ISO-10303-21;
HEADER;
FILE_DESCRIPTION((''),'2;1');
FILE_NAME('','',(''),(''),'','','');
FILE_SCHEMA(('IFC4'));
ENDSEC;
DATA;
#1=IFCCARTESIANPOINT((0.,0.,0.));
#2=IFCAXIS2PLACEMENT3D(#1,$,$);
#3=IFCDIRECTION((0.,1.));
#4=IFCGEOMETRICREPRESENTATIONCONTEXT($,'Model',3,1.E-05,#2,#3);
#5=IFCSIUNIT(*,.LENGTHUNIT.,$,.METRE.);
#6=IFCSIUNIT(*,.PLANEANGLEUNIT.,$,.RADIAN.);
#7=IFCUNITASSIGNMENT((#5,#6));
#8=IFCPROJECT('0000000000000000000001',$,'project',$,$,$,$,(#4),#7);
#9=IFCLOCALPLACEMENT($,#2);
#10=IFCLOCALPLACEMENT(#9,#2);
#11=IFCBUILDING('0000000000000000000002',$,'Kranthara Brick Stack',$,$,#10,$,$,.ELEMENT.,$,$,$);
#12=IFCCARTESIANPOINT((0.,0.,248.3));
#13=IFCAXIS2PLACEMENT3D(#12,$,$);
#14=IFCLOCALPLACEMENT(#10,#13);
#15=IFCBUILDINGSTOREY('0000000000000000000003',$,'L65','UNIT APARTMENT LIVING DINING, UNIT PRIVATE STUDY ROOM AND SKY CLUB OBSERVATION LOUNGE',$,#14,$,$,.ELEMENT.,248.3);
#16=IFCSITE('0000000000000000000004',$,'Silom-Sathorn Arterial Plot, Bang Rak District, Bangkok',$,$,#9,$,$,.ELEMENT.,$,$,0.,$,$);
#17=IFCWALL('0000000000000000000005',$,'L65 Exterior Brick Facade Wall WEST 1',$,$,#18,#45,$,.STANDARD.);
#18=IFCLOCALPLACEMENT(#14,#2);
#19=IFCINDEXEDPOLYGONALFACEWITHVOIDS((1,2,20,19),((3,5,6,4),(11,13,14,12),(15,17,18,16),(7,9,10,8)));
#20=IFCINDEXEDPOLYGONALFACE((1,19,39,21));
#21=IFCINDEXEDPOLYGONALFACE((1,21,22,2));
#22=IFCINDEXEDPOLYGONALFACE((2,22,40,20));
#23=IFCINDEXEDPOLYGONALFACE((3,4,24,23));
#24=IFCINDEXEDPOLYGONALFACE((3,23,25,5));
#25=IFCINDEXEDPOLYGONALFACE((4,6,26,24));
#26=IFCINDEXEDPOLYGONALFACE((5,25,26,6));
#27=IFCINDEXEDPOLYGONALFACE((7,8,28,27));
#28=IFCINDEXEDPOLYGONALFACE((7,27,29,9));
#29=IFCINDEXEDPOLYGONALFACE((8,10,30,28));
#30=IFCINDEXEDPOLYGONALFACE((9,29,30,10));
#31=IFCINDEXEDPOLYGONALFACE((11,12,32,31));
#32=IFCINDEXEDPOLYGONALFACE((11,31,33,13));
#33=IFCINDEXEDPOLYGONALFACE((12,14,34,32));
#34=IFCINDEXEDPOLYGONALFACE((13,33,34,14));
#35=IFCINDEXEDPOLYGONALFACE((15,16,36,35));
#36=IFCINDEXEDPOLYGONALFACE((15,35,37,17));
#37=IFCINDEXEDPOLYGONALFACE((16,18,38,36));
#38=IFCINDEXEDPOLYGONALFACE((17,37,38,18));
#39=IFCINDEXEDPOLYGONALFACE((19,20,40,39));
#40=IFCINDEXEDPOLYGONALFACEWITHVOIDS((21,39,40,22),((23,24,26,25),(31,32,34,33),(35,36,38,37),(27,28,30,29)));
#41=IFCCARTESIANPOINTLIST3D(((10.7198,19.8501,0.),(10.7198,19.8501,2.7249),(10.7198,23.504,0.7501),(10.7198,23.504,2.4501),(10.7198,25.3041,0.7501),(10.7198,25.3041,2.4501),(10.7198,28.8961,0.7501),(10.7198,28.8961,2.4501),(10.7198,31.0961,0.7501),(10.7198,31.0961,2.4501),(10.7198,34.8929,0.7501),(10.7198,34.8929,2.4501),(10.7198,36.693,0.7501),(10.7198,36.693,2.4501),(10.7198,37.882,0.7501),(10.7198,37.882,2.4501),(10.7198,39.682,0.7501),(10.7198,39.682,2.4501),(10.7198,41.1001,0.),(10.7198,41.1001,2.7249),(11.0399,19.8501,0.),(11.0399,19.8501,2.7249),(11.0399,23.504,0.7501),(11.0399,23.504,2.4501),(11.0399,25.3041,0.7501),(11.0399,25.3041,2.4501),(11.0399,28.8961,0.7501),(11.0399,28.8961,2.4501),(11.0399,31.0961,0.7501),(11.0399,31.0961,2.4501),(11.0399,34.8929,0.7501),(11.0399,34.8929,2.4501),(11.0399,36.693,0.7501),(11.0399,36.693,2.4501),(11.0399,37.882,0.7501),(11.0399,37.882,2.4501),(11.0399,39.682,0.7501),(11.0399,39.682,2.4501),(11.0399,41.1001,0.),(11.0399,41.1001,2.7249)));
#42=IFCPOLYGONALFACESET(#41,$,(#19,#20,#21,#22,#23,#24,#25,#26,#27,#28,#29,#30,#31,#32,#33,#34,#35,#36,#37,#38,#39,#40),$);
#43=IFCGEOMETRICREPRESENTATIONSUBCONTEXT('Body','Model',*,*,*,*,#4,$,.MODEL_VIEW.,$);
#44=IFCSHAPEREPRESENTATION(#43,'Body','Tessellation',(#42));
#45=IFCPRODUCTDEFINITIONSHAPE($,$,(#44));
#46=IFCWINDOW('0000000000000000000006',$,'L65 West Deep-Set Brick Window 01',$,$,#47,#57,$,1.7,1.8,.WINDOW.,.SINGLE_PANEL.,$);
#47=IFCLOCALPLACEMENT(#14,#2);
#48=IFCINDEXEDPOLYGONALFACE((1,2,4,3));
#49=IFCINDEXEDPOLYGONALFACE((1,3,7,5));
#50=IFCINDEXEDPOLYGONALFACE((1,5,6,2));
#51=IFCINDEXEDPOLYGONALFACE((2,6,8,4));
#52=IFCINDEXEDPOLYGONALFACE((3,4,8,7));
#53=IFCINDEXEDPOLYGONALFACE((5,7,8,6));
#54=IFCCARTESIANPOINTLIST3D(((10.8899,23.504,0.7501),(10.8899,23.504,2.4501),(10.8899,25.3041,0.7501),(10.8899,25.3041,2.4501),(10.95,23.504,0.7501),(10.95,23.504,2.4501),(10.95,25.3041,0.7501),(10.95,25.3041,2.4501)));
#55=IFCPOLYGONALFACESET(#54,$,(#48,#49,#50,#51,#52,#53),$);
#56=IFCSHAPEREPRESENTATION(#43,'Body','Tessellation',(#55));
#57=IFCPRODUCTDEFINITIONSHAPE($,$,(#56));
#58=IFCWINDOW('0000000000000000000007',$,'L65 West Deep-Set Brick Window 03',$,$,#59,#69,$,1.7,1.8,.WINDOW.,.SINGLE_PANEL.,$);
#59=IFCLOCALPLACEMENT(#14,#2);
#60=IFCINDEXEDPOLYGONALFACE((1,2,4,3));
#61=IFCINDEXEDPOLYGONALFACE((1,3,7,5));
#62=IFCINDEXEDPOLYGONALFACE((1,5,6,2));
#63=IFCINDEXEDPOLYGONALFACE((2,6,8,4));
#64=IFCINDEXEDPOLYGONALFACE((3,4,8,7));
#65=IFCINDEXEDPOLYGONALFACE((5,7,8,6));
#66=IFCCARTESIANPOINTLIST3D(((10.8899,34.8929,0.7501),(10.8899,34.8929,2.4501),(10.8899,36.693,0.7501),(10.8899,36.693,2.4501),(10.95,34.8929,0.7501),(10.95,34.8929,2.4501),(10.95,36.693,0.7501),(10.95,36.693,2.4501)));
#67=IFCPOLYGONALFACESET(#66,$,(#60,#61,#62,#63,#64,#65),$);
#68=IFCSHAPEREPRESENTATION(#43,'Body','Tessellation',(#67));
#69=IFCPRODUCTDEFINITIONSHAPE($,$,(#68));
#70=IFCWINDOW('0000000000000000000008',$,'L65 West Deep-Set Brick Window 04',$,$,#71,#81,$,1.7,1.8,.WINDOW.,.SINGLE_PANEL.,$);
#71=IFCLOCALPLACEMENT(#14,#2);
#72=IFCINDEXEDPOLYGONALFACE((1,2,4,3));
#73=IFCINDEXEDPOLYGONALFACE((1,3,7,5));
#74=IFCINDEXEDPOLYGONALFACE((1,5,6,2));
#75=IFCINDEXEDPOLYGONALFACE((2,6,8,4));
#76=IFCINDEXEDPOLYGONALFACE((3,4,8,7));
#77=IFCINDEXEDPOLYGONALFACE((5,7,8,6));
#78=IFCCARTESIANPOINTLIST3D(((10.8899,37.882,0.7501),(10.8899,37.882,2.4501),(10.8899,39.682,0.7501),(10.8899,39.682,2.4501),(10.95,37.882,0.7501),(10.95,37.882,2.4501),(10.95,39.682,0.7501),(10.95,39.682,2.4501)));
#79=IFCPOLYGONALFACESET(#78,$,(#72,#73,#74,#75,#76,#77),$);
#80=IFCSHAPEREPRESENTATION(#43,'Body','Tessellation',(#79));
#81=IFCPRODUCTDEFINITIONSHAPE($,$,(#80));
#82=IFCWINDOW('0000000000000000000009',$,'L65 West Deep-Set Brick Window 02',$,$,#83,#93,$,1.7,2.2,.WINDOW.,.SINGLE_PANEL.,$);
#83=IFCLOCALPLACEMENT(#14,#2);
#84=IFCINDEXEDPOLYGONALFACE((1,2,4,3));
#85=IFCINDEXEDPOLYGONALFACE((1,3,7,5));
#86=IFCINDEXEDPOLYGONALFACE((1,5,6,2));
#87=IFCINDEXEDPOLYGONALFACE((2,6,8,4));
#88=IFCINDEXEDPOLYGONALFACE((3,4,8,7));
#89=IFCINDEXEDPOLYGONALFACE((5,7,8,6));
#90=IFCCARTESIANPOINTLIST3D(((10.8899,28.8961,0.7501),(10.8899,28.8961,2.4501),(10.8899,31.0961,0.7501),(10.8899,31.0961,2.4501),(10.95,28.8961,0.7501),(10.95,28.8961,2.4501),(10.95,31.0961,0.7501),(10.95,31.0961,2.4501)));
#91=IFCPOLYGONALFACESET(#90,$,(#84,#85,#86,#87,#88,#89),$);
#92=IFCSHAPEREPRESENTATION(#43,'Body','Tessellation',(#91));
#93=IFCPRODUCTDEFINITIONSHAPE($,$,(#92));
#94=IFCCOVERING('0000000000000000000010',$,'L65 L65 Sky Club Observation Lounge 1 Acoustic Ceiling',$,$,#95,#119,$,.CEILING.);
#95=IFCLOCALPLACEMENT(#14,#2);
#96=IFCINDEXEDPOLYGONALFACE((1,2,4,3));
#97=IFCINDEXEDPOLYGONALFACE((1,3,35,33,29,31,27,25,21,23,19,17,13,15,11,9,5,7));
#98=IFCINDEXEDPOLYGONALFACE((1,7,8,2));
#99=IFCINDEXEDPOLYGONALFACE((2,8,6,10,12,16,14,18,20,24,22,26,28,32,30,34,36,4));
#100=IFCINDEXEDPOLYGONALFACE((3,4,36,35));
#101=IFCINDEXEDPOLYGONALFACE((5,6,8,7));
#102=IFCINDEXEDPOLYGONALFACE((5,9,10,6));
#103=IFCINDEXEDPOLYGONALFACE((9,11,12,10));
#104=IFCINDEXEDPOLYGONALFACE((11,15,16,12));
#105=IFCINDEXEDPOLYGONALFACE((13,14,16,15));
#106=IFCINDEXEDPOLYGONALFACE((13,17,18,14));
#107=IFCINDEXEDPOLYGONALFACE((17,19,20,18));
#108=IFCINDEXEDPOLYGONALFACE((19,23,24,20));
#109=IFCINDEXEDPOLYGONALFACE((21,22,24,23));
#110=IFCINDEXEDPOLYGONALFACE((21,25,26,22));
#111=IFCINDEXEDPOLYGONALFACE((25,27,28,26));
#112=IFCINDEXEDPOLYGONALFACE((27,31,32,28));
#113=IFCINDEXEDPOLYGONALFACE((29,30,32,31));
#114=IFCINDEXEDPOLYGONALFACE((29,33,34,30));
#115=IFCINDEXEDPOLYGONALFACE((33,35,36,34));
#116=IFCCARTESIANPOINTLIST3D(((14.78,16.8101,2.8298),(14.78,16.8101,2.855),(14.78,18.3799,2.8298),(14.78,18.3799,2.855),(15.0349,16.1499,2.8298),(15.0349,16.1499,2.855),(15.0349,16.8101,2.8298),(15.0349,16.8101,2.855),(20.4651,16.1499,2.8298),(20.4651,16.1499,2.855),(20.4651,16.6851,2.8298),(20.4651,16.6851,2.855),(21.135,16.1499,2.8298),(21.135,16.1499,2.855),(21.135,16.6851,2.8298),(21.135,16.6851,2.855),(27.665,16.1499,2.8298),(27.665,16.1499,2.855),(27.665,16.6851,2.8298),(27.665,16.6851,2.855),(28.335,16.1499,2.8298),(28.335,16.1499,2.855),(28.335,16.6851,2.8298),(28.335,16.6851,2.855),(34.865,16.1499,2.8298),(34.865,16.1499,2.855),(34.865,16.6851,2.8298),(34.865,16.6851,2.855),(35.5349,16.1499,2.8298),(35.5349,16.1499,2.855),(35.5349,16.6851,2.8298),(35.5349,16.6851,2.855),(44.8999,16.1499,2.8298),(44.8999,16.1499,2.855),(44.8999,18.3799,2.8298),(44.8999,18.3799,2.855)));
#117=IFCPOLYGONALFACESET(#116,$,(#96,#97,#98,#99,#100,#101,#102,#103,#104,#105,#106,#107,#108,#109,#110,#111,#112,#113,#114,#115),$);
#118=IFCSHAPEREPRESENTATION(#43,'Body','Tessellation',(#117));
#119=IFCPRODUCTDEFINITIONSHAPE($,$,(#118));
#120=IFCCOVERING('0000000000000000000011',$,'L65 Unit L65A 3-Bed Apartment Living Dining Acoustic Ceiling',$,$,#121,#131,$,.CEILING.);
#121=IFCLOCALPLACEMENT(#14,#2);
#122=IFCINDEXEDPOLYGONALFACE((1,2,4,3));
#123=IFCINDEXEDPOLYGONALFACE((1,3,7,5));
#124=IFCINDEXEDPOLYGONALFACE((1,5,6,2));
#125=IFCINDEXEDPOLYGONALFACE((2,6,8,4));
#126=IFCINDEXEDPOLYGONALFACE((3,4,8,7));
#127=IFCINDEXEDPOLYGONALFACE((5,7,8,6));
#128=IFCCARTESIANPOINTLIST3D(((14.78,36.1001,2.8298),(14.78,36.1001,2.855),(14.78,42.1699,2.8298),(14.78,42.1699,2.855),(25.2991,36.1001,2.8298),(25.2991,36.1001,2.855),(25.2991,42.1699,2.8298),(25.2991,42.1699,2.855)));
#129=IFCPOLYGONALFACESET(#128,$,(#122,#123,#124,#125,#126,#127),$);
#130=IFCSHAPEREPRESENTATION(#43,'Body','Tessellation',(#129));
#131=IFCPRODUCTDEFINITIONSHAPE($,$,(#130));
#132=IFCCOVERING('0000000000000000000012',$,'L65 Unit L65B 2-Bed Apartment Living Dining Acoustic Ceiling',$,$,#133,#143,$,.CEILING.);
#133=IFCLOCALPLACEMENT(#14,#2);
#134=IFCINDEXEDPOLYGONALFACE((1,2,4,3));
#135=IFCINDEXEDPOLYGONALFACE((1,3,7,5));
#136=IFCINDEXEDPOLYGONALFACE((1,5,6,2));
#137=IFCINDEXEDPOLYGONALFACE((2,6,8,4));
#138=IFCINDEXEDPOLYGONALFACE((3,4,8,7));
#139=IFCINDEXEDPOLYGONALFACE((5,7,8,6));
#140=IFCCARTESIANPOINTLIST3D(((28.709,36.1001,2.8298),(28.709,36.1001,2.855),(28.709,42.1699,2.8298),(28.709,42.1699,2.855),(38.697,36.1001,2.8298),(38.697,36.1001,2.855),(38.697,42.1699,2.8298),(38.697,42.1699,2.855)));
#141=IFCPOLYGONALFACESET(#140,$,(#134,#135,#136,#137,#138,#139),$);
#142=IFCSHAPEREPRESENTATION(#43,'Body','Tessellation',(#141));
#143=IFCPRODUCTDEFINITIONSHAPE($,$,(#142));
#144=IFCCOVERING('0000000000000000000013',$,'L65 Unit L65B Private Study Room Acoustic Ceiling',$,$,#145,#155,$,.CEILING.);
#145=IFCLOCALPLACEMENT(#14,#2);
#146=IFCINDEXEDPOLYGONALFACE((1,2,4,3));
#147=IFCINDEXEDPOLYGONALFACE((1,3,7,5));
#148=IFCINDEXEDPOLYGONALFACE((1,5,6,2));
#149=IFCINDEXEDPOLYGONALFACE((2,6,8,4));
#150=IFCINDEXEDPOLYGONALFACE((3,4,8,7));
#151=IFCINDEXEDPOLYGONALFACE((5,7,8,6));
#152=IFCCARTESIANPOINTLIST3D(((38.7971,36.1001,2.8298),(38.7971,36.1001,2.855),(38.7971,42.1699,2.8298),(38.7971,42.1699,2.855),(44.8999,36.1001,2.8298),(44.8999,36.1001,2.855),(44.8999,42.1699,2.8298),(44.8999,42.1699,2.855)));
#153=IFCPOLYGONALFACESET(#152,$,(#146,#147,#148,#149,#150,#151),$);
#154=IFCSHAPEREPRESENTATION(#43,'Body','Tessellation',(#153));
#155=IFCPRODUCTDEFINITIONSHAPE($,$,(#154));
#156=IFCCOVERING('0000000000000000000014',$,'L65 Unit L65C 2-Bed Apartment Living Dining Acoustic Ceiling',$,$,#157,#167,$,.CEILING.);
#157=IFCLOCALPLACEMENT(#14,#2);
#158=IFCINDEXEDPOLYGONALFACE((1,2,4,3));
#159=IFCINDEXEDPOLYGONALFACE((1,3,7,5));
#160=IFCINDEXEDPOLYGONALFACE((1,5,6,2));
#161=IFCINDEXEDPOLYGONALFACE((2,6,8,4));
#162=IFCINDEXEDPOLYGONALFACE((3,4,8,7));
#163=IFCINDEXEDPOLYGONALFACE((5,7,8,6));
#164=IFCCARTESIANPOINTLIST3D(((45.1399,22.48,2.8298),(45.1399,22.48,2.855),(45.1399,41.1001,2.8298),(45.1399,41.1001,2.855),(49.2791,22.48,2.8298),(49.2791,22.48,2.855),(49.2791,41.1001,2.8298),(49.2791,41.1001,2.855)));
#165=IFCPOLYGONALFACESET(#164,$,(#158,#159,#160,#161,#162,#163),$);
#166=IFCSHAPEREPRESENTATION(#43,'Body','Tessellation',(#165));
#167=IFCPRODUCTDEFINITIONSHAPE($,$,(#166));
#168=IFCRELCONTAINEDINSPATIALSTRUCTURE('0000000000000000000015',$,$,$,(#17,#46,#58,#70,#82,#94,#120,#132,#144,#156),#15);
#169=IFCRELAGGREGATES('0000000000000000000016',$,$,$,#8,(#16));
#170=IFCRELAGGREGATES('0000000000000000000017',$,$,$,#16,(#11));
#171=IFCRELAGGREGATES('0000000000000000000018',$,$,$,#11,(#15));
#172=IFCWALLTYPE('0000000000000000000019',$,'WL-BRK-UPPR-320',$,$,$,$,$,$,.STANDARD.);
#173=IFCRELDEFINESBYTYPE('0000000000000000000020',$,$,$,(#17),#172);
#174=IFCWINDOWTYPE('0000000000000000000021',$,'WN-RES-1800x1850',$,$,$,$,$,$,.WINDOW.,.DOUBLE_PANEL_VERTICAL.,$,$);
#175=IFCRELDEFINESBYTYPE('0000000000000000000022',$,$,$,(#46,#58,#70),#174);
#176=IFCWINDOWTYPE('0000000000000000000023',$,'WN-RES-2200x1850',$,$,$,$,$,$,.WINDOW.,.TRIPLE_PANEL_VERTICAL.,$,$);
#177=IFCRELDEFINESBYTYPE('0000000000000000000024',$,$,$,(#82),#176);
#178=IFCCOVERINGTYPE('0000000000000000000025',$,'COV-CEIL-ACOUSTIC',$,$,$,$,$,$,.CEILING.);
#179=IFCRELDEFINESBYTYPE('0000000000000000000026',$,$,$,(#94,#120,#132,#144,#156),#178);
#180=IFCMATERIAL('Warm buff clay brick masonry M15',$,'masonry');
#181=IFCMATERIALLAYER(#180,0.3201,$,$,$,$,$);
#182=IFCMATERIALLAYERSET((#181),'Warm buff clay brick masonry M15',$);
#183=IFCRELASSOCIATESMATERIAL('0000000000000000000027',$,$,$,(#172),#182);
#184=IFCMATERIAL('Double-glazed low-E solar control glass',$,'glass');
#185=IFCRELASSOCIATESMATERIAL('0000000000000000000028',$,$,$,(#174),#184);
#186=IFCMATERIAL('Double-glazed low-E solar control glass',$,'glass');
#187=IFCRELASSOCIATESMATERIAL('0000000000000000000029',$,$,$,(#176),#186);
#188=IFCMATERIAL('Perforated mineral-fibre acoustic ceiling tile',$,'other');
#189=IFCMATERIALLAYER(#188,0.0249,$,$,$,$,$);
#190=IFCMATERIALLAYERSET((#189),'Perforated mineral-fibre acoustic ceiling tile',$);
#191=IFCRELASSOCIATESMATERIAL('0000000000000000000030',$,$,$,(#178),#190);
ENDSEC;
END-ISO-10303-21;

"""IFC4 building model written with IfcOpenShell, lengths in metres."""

from ifc_helpers import new_model, si_unit, direction, frame, frame_2d, origin, place, context, subcontext, project, spatial, polyline, rectangle, outline, extrude, material, layer, layer_set, type_object, element, fill, save


model = new_model("IFC4")

# Units and contexts
model_context = context("Model", 3, precision=1e-05, world=origin(), true_north=direction((0.0, 1.0)))
body_context = subcontext(model_context, "Body", "Model", "MODEL_VIEW")
ifc_project = project(units=[si_unit("LENGTHUNIT", "METRE"), si_unit("PLANEANGLEUNIT", "RADIAN")], contexts=[model_context])

# Site, building, storey
site_placement = place(None, origin())
site = spatial("IfcSite", under=ifc_project, at=site_placement, Name="Silom-Sathorn Arterial Plot, Bang Rak District, Bangkok", CompositionType="ELEMENT", RefElevation=0.0)
building_placement = place(site_placement, origin())
building = spatial("IfcBuilding", under=site, at=building_placement, Name="Kranthara Brick Stack", CompositionType="ELEMENT")
storey_placement = place(building_placement, frame((0.0, 0.0, 248.3)))
storey = spatial("IfcBuildingStorey", under=building, at=storey_placement, Name="L65", Description="UNIT APARTMENT LIVING DINING, UNIT PRIVATE STUDY ROOM AND SKY CLUB OBSERVATION LOUNGE", CompositionType="ELEMENT", Elevation=248.3)

# Wall, openings, windows
ifc_material_1 = material(Name="Warm buff clay brick masonry M15", Category="masonry")
ifc_layer_1 = layer(ifc_material_1, 0.3201)
ifc_layer_set_1 = layer_set([ifc_layer_1], Name="Warm buff clay brick masonry M15")
wall_type = type_object("IfcWallType", Name="WL-BRK-UPPR-320", PredefinedType="STANDARD", material=ifc_layer_set_1)
wall_placement = place(storey_placement, frame((10.8799, 19.8501, 0.0), z_axis=(0.0, 0.0, 1.0), x_axis=(0.0, 1.0, 0.0)))
wall = element("IfcWall", 1, at=wall_placement, inside=storey, type_object=wall_type, Name="L65 Exterior Brick Facade Wall WEST 1", PredefinedType="STANDARD", context=body_context, shape_type="SweptSolid", body=[
    extrude(rectangle(XDim=21.25, YDim=0.3201, at=frame_2d((10.625, 0.0))), origin(), (0.0, 0.0, 1.0), 2.7249),
])
opening_1_placement = place(wall_placement, frame((3.6541, 0.0, 0.75)))
opening_1 = element("IfcOpeningElement", 2, at=opening_1_placement, cuts=wall, PredefinedType="OPENING", context=body_context, shape_type="SweptSolid", body=[
    extrude(rectangle(XDim=1.8, YDim=1.7, at=frame_2d((0.8999, 0.8501))), frame((0.0, 0.1699, 0.0), z_axis=(0.0, -1.0, 0.0), x_axis=(1.0, 0.0, 0.0)), (0.0, 0.0, 1.0), 0.3401),
])
opening_2_placement = place(wall_placement, frame((9.0459, 0.0, 0.75)))
opening_2 = element("IfcOpeningElement", 3, at=opening_2_placement, cuts=wall, PredefinedType="OPENING", context=body_context, shape_type="SweptSolid", body=[
    extrude(rectangle(XDim=2.2, YDim=1.7, at=frame_2d((1.1001, 0.8501))), frame((0.0, 0.1699, 0.0), z_axis=(0.0, -1.0, 0.0), x_axis=(1.0, 0.0, 0.0)), (0.0, 0.0, 1.0), 0.3401),
])
opening_3_placement = place(wall_placement, frame((15.043, 0.0, 0.75)))
opening_3 = element("IfcOpeningElement", 4, at=opening_3_placement, cuts=wall, PredefinedType="OPENING", context=body_context, shape_type="SweptSolid", body=[
    extrude(rectangle(XDim=1.8, YDim=1.7, at=frame_2d((0.8999, 0.8501))), frame((0.0, 0.1699, 0.0), z_axis=(0.0, -1.0, 0.0), x_axis=(1.0, 0.0, 0.0)), (0.0, 0.0, 1.0), 0.3401),
])
opening_4_placement = place(wall_placement, frame((18.032, 0.0, 0.75)))
opening_4 = element("IfcOpeningElement", 5, at=opening_4_placement, cuts=wall, PredefinedType="OPENING", context=body_context, shape_type="SweptSolid", body=[
    extrude(rectangle(XDim=1.8, YDim=1.7, at=frame_2d((0.8999, 0.8501))), frame((0.0, 0.1699, 0.0), z_axis=(0.0, -1.0, 0.0), x_axis=(1.0, 0.0, 0.0)), (0.0, 0.0, 1.0), 0.3401),
])
ifc_material_2 = material(Name="Double-glazed low-E solar control glass", Category="glass")
window_type_1 = type_object("IfcWindowType", Name="WN-RES-1800x1850", PartitioningType="DOUBLE_PANEL_VERTICAL", PredefinedType="WINDOW", material=ifc_material_2)
window_1_placement = place(opening_1_placement, origin())
window_1 = element("IfcWindow", 6, at=window_1_placement, inside=storey, type_object=window_type_1, Name="L65 West Deep-Set Brick Window 01", OverallHeight=1.7, OverallWidth=1.8, PartitioningType="SINGLE_PANEL", PredefinedType="WINDOW", context=body_context, shape_type="SweptSolid", body=[
    extrude(rectangle(XDim=1.8, YDim=1.7, at=frame_2d((0.8999, 0.8501))), frame((0.0, -0.01, 0.0), z_axis=(0.0, -1.0, 0.0), x_axis=(1.0, 0.0, 0.0)), (0.0, 0.0, 1.0), 0.0601),
])
fill(opening_1, window_1)
window_2_placement = place(opening_3_placement, origin())
window_2 = element("IfcWindow", 7, at=window_2_placement, inside=storey, type_object=window_type_1, Name="L65 West Deep-Set Brick Window 03", OverallHeight=1.7, OverallWidth=1.8, PartitioningType="SINGLE_PANEL", PredefinedType="WINDOW", context=body_context, shape_type="SweptSolid", body=[
    extrude(rectangle(XDim=1.8, YDim=1.7, at=frame_2d((0.8999, 0.8501))), frame((0.0, -0.01, 0.0), z_axis=(0.0, -1.0, 0.0), x_axis=(1.0, 0.0, 0.0)), (0.0, 0.0, 1.0), 0.0601),
])
fill(opening_3, window_2)
window_3_placement = place(opening_4_placement, origin())
window_3 = element("IfcWindow", 8, at=window_3_placement, inside=storey, type_object=window_type_1, Name="L65 West Deep-Set Brick Window 04", OverallHeight=1.7, OverallWidth=1.8, PartitioningType="SINGLE_PANEL", PredefinedType="WINDOW", context=body_context, shape_type="SweptSolid", body=[
    extrude(rectangle(XDim=1.8, YDim=1.7, at=frame_2d((0.8999, 0.8501))), frame((0.0, -0.01, 0.0), z_axis=(0.0, -1.0, 0.0), x_axis=(1.0, 0.0, 0.0)), (0.0, 0.0, 1.0), 0.0601),
])
fill(opening_4, window_3)
ifc_material_3 = material(Name="Double-glazed low-E solar control glass", Category="glass")
window_type_2 = type_object("IfcWindowType", Name="WN-RES-2200x1850", PartitioningType="TRIPLE_PANEL_VERTICAL", PredefinedType="WINDOW", material=ifc_material_3)
window_4_placement = place(opening_2_placement, origin())
window_4 = element("IfcWindow", 9, at=window_4_placement, inside=storey, type_object=window_type_2, Name="L65 West Deep-Set Brick Window 02", OverallHeight=1.7, OverallWidth=2.2, PartitioningType="SINGLE_PANEL", PredefinedType="WINDOW", context=body_context, shape_type="SweptSolid", body=[
    extrude(rectangle(XDim=2.2, YDim=1.7, at=frame_2d((1.1001, 0.8501))), frame((0.0, -0.01, 0.0), z_axis=(0.0, -1.0, 0.0), x_axis=(1.0, 0.0, 0.0)), (0.0, 0.0, 1.0), 0.0601),
])
fill(opening_2, window_4)

# Coverings
ifc_material_4 = material(Name="Perforated mineral-fibre acoustic ceiling tile", Category="other")
ifc_layer_2 = layer(ifc_material_4, 0.0249)
ifc_layer_set_2 = layer_set([ifc_layer_2], Name="Perforated mineral-fibre acoustic ceiling tile")
covering_type_1 = type_object("IfcCoveringType", Name="COV-CEIL-ACOUSTIC", PredefinedType="CEILING", material=ifc_layer_set_2)
covering_1_placement = place(storey_placement, frame((0.0, 0.0, 2.8298)))
element("IfcCovering", 10, at=covering_1_placement, inside=storey, type_object=covering_type_1, Name="L65 L65 Sky Club Observation Lounge 1 Acoustic Ceiling", PredefinedType="CEILING", context=body_context, shape_type="SweptSolid", body=[
    extrude(outline(polyline([(35.5349, 16.1499), (35.5349, 16.6851), (34.865, 16.6851), (34.865, 16.1499), (28.335, 16.1499), (28.335, 16.6851), (27.665, 16.6851), (27.665, 16.1499), (21.135, 16.1499), (21.135, 16.6851), (20.4651, 16.6851), (20.4651, 16.1499), (15.0349, 16.1499), (15.0349, 16.8101), (14.78, 16.8101), (14.78, 18.3799), (44.8999, 18.3799), (44.8999, 16.1499), (35.5349, 16.1499)])), origin(), (0.0, 0.0, 1.0), 0.0251),
])
covering_2_placement = place(storey_placement, frame((0.0, 0.0, 2.8298)))
element("IfcCovering", 11, at=covering_2_placement, inside=storey, type_object=covering_type_1, Name="L65 Unit L65A 3-Bed Apartment Living Dining Acoustic Ceiling", PredefinedType="CEILING", context=body_context, shape_type="SweptSolid", body=[
    extrude(outline(polyline([(25.2991, 36.1001), (25.2991, 42.1699), (14.78, 42.1699), (14.78, 36.1001), (25.2991, 36.1001)])), origin(), (0.0, 0.0, 1.0), 0.0251),
])
covering_3_placement = place(storey_placement, frame((0.0, 0.0, 2.8298)))
element("IfcCovering", 12, at=covering_3_placement, inside=storey, type_object=covering_type_1, Name="L65 Unit L65B 2-Bed Apartment Living Dining Acoustic Ceiling", PredefinedType="CEILING", context=body_context, shape_type="SweptSolid", body=[
    extrude(outline(polyline([(38.697, 36.1001), (38.697, 42.1699), (28.709, 42.1699), (28.709, 36.1001), (38.697, 36.1001)])), origin(), (0.0, 0.0, 1.0), 0.0251),
])
covering_4_placement = place(storey_placement, frame((0.0, 0.0, 2.8298)))
element("IfcCovering", 13, at=covering_4_placement, inside=storey, type_object=covering_type_1, Name="L65 Unit L65B Private Study Room Acoustic Ceiling", PredefinedType="CEILING", context=body_context, shape_type="SweptSolid", body=[
    extrude(outline(polyline([(44.8999, 36.1001), (44.8999, 42.1699), (38.7971, 42.1699), (38.7971, 36.1001), (44.8999, 36.1001)])), origin(), (0.0, 0.0, 1.0), 0.0251),
])
covering_5_placement = place(storey_placement, frame((0.0, 0.0, 2.8298)))
element("IfcCovering", 14, at=covering_5_placement, inside=storey, type_object=covering_type_1, Name="L65 Unit L65C 2-Bed Apartment Living Dining Acoustic Ceiling", PredefinedType="CEILING", context=body_context, shape_type="SweptSolid", body=[
    extrude(outline(polyline([(49.2791, 22.48), (49.2791, 41.1001), (45.1399, 41.1001), (45.1399, 22.48), (49.2791, 22.48)])), origin(), (0.0, 0.0, 1.0), 0.0251),
])

save(model, "model.ifc")
